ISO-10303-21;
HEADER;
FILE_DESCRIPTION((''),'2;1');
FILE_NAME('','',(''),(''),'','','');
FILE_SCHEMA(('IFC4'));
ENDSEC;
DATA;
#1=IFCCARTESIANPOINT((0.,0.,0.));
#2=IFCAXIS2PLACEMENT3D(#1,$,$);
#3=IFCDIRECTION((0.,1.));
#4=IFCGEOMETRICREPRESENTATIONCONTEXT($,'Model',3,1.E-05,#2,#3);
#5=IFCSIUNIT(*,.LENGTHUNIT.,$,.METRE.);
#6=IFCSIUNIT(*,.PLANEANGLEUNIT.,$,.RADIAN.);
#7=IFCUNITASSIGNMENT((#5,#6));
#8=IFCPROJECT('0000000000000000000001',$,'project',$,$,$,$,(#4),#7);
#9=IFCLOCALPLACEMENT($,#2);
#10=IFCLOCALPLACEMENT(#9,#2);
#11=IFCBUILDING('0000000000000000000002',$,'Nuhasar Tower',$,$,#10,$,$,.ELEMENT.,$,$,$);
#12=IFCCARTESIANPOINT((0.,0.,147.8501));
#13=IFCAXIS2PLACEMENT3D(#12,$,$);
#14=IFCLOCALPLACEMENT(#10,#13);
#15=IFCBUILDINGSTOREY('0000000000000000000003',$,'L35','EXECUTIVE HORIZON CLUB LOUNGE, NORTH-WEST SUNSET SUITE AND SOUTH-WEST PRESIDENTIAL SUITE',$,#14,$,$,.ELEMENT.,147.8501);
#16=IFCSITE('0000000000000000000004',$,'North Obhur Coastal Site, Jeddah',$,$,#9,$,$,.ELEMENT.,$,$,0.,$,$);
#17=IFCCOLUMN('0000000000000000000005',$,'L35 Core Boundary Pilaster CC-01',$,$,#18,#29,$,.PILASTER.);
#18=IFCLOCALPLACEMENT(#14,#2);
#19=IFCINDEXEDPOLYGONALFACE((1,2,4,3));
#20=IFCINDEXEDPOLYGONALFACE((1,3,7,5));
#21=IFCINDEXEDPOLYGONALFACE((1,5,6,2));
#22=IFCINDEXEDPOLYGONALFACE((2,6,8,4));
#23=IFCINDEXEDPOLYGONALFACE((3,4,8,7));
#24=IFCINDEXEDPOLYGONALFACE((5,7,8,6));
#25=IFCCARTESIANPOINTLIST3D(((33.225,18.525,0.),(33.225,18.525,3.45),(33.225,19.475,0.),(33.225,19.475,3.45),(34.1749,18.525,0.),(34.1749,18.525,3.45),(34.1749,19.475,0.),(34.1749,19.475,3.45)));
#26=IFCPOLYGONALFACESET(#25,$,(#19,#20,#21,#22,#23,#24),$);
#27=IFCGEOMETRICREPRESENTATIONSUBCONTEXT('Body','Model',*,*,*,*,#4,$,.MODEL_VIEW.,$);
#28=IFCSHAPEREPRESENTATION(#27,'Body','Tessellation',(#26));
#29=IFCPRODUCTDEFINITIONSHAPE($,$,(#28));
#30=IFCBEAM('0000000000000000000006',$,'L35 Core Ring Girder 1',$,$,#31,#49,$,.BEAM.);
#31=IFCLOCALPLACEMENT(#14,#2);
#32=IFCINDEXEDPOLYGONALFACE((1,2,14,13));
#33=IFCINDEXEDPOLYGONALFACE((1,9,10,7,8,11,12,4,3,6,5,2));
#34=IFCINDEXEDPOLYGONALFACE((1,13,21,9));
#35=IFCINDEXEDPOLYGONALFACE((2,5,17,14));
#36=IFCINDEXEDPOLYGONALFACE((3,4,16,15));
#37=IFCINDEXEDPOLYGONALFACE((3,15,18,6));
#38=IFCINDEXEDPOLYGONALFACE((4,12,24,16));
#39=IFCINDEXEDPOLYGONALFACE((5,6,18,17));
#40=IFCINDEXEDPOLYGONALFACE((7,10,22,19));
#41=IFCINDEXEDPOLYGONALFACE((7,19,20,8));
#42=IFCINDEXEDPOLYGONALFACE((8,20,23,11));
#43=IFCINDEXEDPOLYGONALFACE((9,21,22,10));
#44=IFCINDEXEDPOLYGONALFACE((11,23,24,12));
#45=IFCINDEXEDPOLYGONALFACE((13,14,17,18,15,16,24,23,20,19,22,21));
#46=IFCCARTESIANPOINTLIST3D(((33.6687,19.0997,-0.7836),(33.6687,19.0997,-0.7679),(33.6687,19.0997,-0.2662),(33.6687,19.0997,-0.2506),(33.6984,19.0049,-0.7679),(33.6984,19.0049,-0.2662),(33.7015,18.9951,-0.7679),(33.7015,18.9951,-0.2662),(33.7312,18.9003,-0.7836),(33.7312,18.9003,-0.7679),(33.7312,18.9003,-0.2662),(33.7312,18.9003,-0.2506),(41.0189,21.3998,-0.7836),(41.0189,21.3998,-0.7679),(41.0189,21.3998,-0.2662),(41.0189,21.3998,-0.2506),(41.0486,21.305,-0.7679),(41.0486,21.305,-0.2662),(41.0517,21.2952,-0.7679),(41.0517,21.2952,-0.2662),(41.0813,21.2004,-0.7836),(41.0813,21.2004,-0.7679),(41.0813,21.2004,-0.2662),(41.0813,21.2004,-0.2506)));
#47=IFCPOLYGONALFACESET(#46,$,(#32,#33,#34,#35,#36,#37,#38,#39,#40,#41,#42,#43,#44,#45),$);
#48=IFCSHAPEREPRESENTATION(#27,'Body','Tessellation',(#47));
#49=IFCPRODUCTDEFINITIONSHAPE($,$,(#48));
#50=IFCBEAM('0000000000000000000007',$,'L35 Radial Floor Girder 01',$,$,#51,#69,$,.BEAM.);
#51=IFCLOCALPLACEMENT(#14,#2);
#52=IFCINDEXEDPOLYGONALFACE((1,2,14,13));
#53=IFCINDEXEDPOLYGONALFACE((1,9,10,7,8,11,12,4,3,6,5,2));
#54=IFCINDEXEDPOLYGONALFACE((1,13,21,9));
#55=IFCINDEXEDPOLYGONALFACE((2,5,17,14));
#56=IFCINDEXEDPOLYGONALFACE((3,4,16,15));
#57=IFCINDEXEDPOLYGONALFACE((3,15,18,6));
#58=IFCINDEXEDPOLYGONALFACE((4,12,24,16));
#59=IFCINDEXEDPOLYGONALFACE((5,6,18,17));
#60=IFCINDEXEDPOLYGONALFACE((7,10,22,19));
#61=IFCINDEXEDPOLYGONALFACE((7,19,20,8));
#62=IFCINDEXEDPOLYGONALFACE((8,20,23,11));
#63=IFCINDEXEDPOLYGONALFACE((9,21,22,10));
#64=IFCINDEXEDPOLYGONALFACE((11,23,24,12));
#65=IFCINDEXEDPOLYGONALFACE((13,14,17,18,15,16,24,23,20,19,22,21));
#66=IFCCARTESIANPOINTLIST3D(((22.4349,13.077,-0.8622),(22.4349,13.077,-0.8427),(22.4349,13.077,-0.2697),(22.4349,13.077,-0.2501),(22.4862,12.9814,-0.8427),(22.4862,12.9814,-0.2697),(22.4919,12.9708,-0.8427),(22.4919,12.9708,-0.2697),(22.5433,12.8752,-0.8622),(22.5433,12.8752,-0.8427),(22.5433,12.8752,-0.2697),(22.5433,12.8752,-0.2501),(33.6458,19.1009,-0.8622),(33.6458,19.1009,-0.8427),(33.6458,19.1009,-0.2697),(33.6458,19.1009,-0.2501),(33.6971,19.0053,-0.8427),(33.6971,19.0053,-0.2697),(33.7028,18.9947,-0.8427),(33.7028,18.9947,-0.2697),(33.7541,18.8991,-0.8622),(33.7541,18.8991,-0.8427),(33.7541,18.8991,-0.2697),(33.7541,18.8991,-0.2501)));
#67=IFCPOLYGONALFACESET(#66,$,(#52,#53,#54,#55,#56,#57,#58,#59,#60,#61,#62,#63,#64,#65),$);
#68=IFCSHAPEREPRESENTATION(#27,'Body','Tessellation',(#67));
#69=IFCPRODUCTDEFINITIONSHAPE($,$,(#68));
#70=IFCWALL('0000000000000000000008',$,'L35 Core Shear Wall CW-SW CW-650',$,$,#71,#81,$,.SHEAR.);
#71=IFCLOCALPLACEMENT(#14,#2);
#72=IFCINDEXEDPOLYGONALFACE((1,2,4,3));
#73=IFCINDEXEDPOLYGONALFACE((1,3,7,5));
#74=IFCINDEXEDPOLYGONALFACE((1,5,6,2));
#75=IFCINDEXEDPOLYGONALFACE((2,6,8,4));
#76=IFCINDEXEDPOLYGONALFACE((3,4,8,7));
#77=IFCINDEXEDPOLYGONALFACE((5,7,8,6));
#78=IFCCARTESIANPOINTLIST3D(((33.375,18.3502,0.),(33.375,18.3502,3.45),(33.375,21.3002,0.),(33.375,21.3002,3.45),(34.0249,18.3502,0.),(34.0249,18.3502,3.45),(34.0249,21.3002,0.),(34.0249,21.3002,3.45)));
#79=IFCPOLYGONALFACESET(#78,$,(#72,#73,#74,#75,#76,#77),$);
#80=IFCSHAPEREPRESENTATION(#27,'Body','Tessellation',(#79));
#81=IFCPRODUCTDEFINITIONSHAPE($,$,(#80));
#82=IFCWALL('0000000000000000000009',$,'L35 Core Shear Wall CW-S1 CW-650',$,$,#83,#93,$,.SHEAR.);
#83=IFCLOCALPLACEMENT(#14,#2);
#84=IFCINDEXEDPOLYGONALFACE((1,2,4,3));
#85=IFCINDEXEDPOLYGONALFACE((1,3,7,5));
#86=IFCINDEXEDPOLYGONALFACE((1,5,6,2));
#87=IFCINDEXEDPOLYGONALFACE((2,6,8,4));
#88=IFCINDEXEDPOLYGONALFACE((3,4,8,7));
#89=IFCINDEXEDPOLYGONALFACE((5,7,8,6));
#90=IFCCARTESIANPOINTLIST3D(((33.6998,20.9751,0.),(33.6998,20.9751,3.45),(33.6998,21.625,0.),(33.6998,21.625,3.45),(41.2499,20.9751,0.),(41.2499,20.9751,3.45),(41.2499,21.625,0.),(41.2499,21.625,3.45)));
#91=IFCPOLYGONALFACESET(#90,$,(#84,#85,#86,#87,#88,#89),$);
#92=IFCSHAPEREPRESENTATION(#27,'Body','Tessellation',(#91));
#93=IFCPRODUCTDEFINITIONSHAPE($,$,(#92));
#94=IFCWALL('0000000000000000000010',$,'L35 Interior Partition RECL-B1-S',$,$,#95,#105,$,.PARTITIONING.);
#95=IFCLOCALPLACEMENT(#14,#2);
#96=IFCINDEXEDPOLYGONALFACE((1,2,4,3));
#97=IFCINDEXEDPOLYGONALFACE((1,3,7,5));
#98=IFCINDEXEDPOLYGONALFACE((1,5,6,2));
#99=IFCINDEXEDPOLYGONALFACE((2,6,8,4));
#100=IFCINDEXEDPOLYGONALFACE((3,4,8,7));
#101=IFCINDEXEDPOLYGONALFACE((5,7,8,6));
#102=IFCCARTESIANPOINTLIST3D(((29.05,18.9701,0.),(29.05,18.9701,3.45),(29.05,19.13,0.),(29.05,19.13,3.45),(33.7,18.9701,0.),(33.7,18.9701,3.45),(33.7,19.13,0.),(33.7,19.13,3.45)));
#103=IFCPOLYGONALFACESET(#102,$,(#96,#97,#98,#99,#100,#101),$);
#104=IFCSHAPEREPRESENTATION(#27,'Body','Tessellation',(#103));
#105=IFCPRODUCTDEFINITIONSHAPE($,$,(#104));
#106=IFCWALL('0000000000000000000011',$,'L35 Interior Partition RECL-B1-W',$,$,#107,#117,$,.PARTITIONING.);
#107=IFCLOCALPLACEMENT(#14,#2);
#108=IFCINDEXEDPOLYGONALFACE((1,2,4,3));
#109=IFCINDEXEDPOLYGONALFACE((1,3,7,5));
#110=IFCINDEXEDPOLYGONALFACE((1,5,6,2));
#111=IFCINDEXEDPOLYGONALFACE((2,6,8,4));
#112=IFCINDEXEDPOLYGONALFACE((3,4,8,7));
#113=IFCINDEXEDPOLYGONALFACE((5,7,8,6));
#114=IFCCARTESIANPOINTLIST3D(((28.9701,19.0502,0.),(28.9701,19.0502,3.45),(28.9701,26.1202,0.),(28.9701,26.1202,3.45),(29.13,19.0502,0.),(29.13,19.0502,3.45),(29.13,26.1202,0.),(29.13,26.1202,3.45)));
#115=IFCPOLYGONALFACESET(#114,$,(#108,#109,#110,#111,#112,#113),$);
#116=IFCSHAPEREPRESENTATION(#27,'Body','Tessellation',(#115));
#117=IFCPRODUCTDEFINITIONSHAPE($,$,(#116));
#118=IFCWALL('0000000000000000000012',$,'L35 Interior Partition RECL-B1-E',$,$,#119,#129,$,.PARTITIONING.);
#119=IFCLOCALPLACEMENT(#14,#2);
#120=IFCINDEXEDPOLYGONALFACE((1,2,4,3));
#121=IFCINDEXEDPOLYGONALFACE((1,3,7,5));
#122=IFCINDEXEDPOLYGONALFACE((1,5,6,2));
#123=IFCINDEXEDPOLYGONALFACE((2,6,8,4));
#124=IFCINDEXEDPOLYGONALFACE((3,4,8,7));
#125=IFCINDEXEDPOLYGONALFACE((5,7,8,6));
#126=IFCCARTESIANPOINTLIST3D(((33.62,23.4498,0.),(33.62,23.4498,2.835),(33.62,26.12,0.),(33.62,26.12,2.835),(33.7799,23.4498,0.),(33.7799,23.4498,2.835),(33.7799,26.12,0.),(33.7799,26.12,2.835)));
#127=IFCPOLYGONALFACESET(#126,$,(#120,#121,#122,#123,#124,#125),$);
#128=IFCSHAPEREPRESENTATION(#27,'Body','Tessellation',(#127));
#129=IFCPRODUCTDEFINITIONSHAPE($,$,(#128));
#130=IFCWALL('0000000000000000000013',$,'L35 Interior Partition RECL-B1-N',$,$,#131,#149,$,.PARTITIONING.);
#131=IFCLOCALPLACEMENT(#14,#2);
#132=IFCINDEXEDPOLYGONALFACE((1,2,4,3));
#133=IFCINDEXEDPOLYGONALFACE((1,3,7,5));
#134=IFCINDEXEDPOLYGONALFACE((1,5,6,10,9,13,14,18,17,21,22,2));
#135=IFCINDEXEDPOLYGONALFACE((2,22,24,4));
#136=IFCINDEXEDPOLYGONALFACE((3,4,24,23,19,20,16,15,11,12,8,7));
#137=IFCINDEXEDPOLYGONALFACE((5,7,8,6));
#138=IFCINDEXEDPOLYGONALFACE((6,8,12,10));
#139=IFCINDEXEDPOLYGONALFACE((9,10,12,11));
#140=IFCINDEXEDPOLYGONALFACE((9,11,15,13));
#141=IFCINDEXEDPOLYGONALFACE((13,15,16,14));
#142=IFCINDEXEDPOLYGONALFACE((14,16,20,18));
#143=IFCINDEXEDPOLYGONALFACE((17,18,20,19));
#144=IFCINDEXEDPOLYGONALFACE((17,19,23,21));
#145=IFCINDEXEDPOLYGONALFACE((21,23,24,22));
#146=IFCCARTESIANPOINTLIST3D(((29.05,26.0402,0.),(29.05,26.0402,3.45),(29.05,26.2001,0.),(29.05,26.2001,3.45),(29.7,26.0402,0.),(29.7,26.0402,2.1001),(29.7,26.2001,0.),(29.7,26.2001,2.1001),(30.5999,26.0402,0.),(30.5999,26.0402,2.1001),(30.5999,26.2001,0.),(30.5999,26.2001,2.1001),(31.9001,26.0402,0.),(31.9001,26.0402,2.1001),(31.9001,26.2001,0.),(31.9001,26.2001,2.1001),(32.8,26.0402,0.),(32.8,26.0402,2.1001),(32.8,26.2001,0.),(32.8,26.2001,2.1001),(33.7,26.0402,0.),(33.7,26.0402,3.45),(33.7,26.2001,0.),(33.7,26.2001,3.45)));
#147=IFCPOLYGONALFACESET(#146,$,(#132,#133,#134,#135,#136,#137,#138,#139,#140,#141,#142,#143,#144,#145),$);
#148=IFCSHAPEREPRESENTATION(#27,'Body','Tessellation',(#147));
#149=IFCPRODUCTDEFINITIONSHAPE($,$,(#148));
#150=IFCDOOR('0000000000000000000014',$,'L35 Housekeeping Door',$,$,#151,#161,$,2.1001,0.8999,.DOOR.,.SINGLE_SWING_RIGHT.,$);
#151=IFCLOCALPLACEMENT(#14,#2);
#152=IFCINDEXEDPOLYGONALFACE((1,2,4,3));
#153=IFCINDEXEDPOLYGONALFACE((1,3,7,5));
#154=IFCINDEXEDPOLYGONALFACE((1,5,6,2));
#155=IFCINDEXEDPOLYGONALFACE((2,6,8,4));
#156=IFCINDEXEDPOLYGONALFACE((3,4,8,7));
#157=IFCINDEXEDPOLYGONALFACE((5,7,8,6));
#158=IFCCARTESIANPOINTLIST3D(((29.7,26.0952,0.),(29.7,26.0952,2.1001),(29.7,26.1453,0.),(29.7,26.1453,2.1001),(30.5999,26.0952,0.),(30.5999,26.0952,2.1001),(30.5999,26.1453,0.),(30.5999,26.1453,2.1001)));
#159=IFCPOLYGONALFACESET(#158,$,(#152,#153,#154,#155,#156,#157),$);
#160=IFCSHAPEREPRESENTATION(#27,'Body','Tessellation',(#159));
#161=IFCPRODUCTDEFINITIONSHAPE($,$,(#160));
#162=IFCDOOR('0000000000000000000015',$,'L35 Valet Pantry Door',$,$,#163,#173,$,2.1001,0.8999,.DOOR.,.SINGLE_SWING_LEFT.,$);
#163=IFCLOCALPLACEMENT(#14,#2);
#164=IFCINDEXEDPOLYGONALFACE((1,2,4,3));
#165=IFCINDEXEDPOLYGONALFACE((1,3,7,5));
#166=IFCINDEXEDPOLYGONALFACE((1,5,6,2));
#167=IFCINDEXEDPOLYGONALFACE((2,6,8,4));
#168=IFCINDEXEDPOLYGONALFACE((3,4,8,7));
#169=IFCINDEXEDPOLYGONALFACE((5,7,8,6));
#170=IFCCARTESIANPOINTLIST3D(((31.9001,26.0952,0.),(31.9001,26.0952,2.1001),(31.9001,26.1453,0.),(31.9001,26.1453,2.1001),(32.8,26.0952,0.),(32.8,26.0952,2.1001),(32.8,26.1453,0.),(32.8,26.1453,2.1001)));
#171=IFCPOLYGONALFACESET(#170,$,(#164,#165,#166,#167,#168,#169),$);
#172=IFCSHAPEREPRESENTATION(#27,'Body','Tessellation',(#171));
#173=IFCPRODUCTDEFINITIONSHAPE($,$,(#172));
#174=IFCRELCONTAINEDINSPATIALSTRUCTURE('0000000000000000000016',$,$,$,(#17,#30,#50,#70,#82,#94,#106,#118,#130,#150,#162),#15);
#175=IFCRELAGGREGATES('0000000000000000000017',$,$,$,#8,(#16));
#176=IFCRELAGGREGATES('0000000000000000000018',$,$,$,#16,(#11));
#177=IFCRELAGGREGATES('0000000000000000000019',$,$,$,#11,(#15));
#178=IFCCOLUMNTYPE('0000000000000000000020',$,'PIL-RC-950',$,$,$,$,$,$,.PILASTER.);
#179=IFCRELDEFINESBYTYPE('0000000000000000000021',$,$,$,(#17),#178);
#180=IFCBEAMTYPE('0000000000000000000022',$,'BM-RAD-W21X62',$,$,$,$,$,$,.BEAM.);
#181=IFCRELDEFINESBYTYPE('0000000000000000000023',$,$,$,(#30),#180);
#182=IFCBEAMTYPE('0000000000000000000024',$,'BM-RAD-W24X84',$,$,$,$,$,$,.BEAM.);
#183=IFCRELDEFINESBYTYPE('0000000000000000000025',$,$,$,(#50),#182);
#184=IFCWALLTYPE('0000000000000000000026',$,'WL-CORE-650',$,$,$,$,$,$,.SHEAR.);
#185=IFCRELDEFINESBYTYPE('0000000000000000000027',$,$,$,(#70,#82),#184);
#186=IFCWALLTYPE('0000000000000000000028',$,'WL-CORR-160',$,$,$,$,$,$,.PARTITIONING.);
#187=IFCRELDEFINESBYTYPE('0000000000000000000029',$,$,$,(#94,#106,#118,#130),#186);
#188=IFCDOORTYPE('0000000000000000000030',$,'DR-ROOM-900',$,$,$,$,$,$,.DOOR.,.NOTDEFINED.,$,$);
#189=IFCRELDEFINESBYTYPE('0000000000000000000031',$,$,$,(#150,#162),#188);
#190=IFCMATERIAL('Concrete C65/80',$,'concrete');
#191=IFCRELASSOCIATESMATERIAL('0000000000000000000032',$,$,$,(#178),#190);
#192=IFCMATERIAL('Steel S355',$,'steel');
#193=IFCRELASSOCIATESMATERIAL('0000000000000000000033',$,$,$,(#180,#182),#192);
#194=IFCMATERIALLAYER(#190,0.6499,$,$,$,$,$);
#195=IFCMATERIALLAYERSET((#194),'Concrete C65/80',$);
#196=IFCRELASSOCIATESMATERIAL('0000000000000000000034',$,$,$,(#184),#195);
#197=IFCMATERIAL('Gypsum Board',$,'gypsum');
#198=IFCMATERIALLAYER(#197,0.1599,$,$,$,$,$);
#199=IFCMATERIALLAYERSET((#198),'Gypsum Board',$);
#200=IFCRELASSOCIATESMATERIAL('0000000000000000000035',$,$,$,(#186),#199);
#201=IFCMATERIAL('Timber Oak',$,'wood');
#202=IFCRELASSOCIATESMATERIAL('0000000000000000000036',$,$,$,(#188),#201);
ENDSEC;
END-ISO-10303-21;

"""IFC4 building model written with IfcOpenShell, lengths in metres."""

from ifc_helpers import new_model, si_unit, direction, frame, frame_2d, origin, origin_2d, place, context, subcontext, project, spatial, rectangle, i_section, extrude, material, layer, layer_set, material_profile, profile_set, type_object, element, fill, save


model = new_model("IFC4")

# Units and contexts
model_context = context("Model", 3, precision=1e-05, world=origin(), true_north=direction((0.0, 1.0)))
body_context = subcontext(model_context, "Body", "Model", "MODEL_VIEW")
ifc_project = project(units=[si_unit("LENGTHUNIT", "METRE"), si_unit("PLANEANGLEUNIT", "RADIAN")], contexts=[model_context])

# Site, building, storey
site_placement = place(None, origin())
site = spatial("IfcSite", under=ifc_project, at=site_placement, Name="North Obhur Coastal Site, Jeddah", CompositionType="ELEMENT", RefElevation=0.0)
building_placement = place(site_placement, origin())
building = spatial("IfcBuilding", under=site, at=building_placement, Name="Nuhasar Tower", CompositionType="ELEMENT")
storey_placement = place(building_placement, frame((0.0, 0.0, 147.8501)))
storey = spatial("IfcBuildingStorey", under=building, at=storey_placement, Name="L35", Description="EXECUTIVE HORIZON CLUB LOUNGE, NORTH-WEST SUNSET SUITE AND SOUTH-WEST PRESIDENTIAL SUITE", CompositionType="ELEMENT", Elevation=147.8501)

# Column
ifc_material_1 = material(Name="Concrete C65/80", Category="concrete")
ifc_material_profile_1 = material_profile(ifc_material_1, rectangle(XDim=0.95, YDim=0.95, at=origin_2d()), Name="RC950X950")
ifc_profile_set_1 = profile_set([ifc_material_profile_1], Name="Concrete C65/80")
column_type = type_object("IfcColumnType", Name="PIL-RC-950", PredefinedType="PILASTER", material=ifc_profile_set_1)
column_placement = place(storey_placement, frame((33.7, 19.0, 0.0), z_axis=(0.0, 0.0, 1.0), x_axis=(1.0, 0.0, 0.0)))
element("IfcColumn", 1, at=column_placement, inside=storey, type_object=column_type, Name="L35 Core Boundary Pilaster CC-01", PredefinedType="PILASTER", context=body_context, shape_type="SweptSolid", body=[
    extrude(rectangle(XDim=0.95, YDim=0.95, at=origin_2d()), origin(), (0.0, 0.0, 1.0), 3.45),
])

# Beams
ifc_material_2 = material(Name="Steel S355", Category="steel")
ifc_material_profile_2 = material_profile(ifc_material_2, i_section(OverallWidth=0.209, OverallDepth=0.533, WebThickness=0.0103, FlangeThickness=0.0156, at=origin_2d()), Name="W21X62")
ifc_profile_set_2 = profile_set([ifc_material_profile_2], Name="Steel S355")
beam_type_1 = type_object("IfcBeamType", Name="BM-RAD-W21X62", PredefinedType="BEAM", material=ifc_profile_set_2)
beam_1_placement = place(storey_placement, frame((33.7, 19.0, -0.5171), z_axis=(0.954364, 0.298647, 0.0), x_axis=(-0.298647, 0.954364, 0.0)))
element("IfcBeam", 2, at=beam_1_placement, inside=storey, type_object=beam_type_1, Name="L35 Core Ring Girder 1", PredefinedType="BEAM", context=body_context, shape_type="SweptSolid", body=[
    extrude(i_section(OverallWidth=0.209, OverallDepth=0.533, WebThickness=0.0103, FlangeThickness=0.0156, at=origin_2d()), origin(), (0.0, 0.0, 1.0), 7.7017),
])
ifc_material_profile_3 = material_profile(ifc_material_2, i_section(OverallWidth=0.229, OverallDepth=0.6121, WebThickness=0.012, FlangeThickness=0.0195, at=origin_2d()), Name="W24X84")
ifc_profile_set_3 = profile_set([ifc_material_profile_3], Name="Steel S355")
beam_type_2 = type_object("IfcBeamType", Name="BM-RAD-W24X84", PredefinedType="BEAM", material=ifc_profile_set_3)
beam_2_placement = place(storey_placement, frame((33.7, 19.0, -0.5562), z_axis=(-0.880888, -0.473324, 0.0), x_axis=(0.473324, -0.880888, 0.0)))
element("IfcBeam", 3, at=beam_2_placement, inside=storey, type_object=beam_type_2, Name="L35 Radial Floor Girder 01", PredefinedType="BEAM", context=body_context, shape_type="SweptSolid", body=[
    extrude(i_section(OverallWidth=0.229, OverallDepth=0.6121, WebThickness=0.012, FlangeThickness=0.0195, at=origin_2d()), origin(), (0.0, 0.0, 1.0), 12.7268),
])

# Walls
ifc_layer_1 = layer(ifc_material_1, 0.6499)
ifc_layer_set_1 = layer_set([ifc_layer_1], Name="Concrete C65/80")
wall_type_1 = type_object("IfcWallType", Name="WL-CORE-650", PredefinedType="SHEAR", material=ifc_layer_set_1)
wall_1_placement = place(storey_placement, frame((33.7, 18.3501, 0.0), z_axis=(0.0, 0.0, 1.0), x_axis=(0.0, 1.0, 0.0)))
element("IfcWall", 4, at=wall_1_placement, inside=storey, type_object=wall_type_1, Name="L35 Core Shear Wall CW-SW CW-650", PredefinedType="SHEAR", context=body_context, shape_type="SweptSolid", body=[
    extrude(rectangle(XDim=2.95, YDim=0.6499, at=frame_2d((1.4751, 0.0))), origin(), (0.0, 0.0, 1.0), 3.45),
])
wall_2_placement = place(storey_placement, frame((33.7, 21.3, 0.0), z_axis=(0.0, 0.0, 1.0), x_axis=(1.0, 0.0, 0.0)))
element("IfcWall", 5, at=wall_2_placement, inside=storey, type_object=wall_type_1, Name="L35 Core Shear Wall CW-S1 CW-650", PredefinedType="SHEAR", context=body_context, shape_type="SweptSolid", body=[
    extrude(rectangle(XDim=7.55, YDim=0.6499, at=frame_2d((3.7749, 0.0))), origin(), (0.0, 0.0, 1.0), 3.45),
])
ifc_material_3 = material(Name="Gypsum Board", Category="gypsum")
ifc_layer_2 = layer(ifc_material_3, 0.1599)
ifc_layer_set_2 = layer_set([ifc_layer_2], Name="Gypsum Board")
wall_type_2 = type_object("IfcWallType", Name="WL-CORR-160", PredefinedType="PARTITIONING", material=ifc_layer_set_2)
wall_3_placement = place(storey_placement, frame((29.05, 19.05, 0.0), z_axis=(0.0, 0.0, 1.0), x_axis=(1.0, 0.0, 0.0)))
element("IfcWall", 6, at=wall_3_placement, inside=storey, type_object=wall_type_2, Name="L35 Interior Partition RECL-B1-S", PredefinedType="PARTITIONING", context=body_context, shape_type="SweptSolid", body=[
    extrude(rectangle(XDim=4.6499, YDim=0.1599, at=frame_2d((2.325, 0.0))), origin(), (0.0, 0.0, 1.0), 3.45),
])
wall_4_placement = place(storey_placement, frame((29.05, 19.05, 0.0), z_axis=(0.0, 0.0, 1.0), x_axis=(0.0, 1.0, 0.0)))
element("IfcWall", 7, at=wall_4_placement, inside=storey, type_object=wall_type_2, Name="L35 Interior Partition RECL-B1-W", PredefinedType="PARTITIONING", context=body_context, shape_type="SweptSolid", body=[
    extrude(rectangle(XDim=7.0701, YDim=0.1599, at=frame_2d((3.5352, 0.0))), origin(), (0.0, 0.0, 1.0), 3.45),
])
wall_5_placement = place(storey_placement, frame((33.7, 23.45, 0.0), z_axis=(0.0, 0.0, 1.0), x_axis=(0.0, 1.0, 0.0)))
element("IfcWall", 8, at=wall_5_placement, inside=storey, type_object=wall_type_2, Name="L35 Interior Partition RECL-B1-E", PredefinedType="PARTITIONING", context=body_context, shape_type="SweptSolid", body=[
    extrude(rectangle(XDim=2.6702, YDim=0.1599, at=frame_2d((1.335, 0.0))), origin(), (0.0, 0.0, 1.0), 2.835),
])

# Wall, openings, doors
wall_6_placement = place(storey_placement, frame((33.7, 26.1201, 0.0), z_axis=(0.0, 0.0, 1.0), x_axis=(-1.0, 0.0, 0.0)))
wall_6 = element("IfcWall", 9, at=wall_6_placement, inside=storey, type_object=wall_type_2, Name="L35 Interior Partition RECL-B1-N", PredefinedType="PARTITIONING", context=body_context, shape_type="SweptSolid", body=[
    extrude(rectangle(XDim=4.6499, YDim=0.1599, at=frame_2d((2.325, 0.0))), origin(), (0.0, 0.0, 1.0), 3.45),
])
opening_1_placement = place(wall_6_placement, frame((3.1001, 0.0, 0.0)))
opening_1 = element("IfcOpeningElement", 10, at=opening_1_placement, cuts=wall_6, PredefinedType="OPENING", context=body_context, shape_type="SweptSolid", body=[
    extrude(rectangle(XDim=0.8999, YDim=2.1001, at=frame_2d((0.45, 1.05))), frame((0.0, 0.0898, 0.0), z_axis=(0.0, -1.0, 0.0), x_axis=(1.0, 0.0, 0.0)), (0.0, 0.0, 1.0), 0.1799),
])
opening_2_placement = place(wall_6_placement, frame((0.8999, 0.0, 0.0)))
opening_2 = element("IfcOpeningElement", 11, at=opening_2_placement, cuts=wall_6, PredefinedType="OPENING", context=body_context, shape_type="SweptSolid", body=[
    extrude(rectangle(XDim=0.8999, YDim=2.1001, at=frame_2d((0.45, 1.05))), frame((0.0, 0.0898, 0.0), z_axis=(0.0, -1.0, 0.0), x_axis=(1.0, 0.0, 0.0)), (0.0, 0.0, 1.0), 0.1799),
])
ifc_material_4 = material(Name="Timber Oak", Category="wood")
door_type_1 = type_object("IfcDoorType", Name="DR-ROOM-900", OperationType="NOTDEFINED", PredefinedType="DOOR", material=ifc_material_4)
door_1_placement = place(opening_1_placement, origin())
door_1 = element("IfcDoor", 12, at=door_1_placement, inside=storey, type_object=door_type_1, Name="L35 Housekeeping Door", OperationType="SINGLE_SWING_RIGHT", OverallHeight=2.1001, OverallWidth=0.8999, PredefinedType="DOOR", context=body_context, shape_type="SweptSolid", body=[
    extrude(rectangle(XDim=0.8999, YDim=2.1001, at=frame_2d((0.45, 1.05))), frame((0.0, 0.0249, 0.0), z_axis=(0.0, -1.0, 0.0), x_axis=(1.0, 0.0, 0.0)), (0.0, 0.0, 1.0), 0.05),
])
fill(opening_1, door_1)
door_2_placement = place(opening_2_placement, origin())
door_2 = element("IfcDoor", 13, at=door_2_placement, inside=storey, type_object=door_type_1, Name="L35 Valet Pantry Door", OperationType="SINGLE_SWING_LEFT", OverallHeight=2.1001, OverallWidth=0.8999, PredefinedType="DOOR", context=body_context, shape_type="SweptSolid", body=[
    extrude(rectangle(XDim=0.8999, YDim=2.1001, at=frame_2d((0.45, 1.05))), frame((0.0, 0.0249, 0.0), z_axis=(0.0, -1.0, 0.0), x_axis=(1.0, 0.0, 0.0)), (0.0, 0.0, 1.0), 0.05),
])
fill(opening_2, door_2)

save(model, "model.ifc")
